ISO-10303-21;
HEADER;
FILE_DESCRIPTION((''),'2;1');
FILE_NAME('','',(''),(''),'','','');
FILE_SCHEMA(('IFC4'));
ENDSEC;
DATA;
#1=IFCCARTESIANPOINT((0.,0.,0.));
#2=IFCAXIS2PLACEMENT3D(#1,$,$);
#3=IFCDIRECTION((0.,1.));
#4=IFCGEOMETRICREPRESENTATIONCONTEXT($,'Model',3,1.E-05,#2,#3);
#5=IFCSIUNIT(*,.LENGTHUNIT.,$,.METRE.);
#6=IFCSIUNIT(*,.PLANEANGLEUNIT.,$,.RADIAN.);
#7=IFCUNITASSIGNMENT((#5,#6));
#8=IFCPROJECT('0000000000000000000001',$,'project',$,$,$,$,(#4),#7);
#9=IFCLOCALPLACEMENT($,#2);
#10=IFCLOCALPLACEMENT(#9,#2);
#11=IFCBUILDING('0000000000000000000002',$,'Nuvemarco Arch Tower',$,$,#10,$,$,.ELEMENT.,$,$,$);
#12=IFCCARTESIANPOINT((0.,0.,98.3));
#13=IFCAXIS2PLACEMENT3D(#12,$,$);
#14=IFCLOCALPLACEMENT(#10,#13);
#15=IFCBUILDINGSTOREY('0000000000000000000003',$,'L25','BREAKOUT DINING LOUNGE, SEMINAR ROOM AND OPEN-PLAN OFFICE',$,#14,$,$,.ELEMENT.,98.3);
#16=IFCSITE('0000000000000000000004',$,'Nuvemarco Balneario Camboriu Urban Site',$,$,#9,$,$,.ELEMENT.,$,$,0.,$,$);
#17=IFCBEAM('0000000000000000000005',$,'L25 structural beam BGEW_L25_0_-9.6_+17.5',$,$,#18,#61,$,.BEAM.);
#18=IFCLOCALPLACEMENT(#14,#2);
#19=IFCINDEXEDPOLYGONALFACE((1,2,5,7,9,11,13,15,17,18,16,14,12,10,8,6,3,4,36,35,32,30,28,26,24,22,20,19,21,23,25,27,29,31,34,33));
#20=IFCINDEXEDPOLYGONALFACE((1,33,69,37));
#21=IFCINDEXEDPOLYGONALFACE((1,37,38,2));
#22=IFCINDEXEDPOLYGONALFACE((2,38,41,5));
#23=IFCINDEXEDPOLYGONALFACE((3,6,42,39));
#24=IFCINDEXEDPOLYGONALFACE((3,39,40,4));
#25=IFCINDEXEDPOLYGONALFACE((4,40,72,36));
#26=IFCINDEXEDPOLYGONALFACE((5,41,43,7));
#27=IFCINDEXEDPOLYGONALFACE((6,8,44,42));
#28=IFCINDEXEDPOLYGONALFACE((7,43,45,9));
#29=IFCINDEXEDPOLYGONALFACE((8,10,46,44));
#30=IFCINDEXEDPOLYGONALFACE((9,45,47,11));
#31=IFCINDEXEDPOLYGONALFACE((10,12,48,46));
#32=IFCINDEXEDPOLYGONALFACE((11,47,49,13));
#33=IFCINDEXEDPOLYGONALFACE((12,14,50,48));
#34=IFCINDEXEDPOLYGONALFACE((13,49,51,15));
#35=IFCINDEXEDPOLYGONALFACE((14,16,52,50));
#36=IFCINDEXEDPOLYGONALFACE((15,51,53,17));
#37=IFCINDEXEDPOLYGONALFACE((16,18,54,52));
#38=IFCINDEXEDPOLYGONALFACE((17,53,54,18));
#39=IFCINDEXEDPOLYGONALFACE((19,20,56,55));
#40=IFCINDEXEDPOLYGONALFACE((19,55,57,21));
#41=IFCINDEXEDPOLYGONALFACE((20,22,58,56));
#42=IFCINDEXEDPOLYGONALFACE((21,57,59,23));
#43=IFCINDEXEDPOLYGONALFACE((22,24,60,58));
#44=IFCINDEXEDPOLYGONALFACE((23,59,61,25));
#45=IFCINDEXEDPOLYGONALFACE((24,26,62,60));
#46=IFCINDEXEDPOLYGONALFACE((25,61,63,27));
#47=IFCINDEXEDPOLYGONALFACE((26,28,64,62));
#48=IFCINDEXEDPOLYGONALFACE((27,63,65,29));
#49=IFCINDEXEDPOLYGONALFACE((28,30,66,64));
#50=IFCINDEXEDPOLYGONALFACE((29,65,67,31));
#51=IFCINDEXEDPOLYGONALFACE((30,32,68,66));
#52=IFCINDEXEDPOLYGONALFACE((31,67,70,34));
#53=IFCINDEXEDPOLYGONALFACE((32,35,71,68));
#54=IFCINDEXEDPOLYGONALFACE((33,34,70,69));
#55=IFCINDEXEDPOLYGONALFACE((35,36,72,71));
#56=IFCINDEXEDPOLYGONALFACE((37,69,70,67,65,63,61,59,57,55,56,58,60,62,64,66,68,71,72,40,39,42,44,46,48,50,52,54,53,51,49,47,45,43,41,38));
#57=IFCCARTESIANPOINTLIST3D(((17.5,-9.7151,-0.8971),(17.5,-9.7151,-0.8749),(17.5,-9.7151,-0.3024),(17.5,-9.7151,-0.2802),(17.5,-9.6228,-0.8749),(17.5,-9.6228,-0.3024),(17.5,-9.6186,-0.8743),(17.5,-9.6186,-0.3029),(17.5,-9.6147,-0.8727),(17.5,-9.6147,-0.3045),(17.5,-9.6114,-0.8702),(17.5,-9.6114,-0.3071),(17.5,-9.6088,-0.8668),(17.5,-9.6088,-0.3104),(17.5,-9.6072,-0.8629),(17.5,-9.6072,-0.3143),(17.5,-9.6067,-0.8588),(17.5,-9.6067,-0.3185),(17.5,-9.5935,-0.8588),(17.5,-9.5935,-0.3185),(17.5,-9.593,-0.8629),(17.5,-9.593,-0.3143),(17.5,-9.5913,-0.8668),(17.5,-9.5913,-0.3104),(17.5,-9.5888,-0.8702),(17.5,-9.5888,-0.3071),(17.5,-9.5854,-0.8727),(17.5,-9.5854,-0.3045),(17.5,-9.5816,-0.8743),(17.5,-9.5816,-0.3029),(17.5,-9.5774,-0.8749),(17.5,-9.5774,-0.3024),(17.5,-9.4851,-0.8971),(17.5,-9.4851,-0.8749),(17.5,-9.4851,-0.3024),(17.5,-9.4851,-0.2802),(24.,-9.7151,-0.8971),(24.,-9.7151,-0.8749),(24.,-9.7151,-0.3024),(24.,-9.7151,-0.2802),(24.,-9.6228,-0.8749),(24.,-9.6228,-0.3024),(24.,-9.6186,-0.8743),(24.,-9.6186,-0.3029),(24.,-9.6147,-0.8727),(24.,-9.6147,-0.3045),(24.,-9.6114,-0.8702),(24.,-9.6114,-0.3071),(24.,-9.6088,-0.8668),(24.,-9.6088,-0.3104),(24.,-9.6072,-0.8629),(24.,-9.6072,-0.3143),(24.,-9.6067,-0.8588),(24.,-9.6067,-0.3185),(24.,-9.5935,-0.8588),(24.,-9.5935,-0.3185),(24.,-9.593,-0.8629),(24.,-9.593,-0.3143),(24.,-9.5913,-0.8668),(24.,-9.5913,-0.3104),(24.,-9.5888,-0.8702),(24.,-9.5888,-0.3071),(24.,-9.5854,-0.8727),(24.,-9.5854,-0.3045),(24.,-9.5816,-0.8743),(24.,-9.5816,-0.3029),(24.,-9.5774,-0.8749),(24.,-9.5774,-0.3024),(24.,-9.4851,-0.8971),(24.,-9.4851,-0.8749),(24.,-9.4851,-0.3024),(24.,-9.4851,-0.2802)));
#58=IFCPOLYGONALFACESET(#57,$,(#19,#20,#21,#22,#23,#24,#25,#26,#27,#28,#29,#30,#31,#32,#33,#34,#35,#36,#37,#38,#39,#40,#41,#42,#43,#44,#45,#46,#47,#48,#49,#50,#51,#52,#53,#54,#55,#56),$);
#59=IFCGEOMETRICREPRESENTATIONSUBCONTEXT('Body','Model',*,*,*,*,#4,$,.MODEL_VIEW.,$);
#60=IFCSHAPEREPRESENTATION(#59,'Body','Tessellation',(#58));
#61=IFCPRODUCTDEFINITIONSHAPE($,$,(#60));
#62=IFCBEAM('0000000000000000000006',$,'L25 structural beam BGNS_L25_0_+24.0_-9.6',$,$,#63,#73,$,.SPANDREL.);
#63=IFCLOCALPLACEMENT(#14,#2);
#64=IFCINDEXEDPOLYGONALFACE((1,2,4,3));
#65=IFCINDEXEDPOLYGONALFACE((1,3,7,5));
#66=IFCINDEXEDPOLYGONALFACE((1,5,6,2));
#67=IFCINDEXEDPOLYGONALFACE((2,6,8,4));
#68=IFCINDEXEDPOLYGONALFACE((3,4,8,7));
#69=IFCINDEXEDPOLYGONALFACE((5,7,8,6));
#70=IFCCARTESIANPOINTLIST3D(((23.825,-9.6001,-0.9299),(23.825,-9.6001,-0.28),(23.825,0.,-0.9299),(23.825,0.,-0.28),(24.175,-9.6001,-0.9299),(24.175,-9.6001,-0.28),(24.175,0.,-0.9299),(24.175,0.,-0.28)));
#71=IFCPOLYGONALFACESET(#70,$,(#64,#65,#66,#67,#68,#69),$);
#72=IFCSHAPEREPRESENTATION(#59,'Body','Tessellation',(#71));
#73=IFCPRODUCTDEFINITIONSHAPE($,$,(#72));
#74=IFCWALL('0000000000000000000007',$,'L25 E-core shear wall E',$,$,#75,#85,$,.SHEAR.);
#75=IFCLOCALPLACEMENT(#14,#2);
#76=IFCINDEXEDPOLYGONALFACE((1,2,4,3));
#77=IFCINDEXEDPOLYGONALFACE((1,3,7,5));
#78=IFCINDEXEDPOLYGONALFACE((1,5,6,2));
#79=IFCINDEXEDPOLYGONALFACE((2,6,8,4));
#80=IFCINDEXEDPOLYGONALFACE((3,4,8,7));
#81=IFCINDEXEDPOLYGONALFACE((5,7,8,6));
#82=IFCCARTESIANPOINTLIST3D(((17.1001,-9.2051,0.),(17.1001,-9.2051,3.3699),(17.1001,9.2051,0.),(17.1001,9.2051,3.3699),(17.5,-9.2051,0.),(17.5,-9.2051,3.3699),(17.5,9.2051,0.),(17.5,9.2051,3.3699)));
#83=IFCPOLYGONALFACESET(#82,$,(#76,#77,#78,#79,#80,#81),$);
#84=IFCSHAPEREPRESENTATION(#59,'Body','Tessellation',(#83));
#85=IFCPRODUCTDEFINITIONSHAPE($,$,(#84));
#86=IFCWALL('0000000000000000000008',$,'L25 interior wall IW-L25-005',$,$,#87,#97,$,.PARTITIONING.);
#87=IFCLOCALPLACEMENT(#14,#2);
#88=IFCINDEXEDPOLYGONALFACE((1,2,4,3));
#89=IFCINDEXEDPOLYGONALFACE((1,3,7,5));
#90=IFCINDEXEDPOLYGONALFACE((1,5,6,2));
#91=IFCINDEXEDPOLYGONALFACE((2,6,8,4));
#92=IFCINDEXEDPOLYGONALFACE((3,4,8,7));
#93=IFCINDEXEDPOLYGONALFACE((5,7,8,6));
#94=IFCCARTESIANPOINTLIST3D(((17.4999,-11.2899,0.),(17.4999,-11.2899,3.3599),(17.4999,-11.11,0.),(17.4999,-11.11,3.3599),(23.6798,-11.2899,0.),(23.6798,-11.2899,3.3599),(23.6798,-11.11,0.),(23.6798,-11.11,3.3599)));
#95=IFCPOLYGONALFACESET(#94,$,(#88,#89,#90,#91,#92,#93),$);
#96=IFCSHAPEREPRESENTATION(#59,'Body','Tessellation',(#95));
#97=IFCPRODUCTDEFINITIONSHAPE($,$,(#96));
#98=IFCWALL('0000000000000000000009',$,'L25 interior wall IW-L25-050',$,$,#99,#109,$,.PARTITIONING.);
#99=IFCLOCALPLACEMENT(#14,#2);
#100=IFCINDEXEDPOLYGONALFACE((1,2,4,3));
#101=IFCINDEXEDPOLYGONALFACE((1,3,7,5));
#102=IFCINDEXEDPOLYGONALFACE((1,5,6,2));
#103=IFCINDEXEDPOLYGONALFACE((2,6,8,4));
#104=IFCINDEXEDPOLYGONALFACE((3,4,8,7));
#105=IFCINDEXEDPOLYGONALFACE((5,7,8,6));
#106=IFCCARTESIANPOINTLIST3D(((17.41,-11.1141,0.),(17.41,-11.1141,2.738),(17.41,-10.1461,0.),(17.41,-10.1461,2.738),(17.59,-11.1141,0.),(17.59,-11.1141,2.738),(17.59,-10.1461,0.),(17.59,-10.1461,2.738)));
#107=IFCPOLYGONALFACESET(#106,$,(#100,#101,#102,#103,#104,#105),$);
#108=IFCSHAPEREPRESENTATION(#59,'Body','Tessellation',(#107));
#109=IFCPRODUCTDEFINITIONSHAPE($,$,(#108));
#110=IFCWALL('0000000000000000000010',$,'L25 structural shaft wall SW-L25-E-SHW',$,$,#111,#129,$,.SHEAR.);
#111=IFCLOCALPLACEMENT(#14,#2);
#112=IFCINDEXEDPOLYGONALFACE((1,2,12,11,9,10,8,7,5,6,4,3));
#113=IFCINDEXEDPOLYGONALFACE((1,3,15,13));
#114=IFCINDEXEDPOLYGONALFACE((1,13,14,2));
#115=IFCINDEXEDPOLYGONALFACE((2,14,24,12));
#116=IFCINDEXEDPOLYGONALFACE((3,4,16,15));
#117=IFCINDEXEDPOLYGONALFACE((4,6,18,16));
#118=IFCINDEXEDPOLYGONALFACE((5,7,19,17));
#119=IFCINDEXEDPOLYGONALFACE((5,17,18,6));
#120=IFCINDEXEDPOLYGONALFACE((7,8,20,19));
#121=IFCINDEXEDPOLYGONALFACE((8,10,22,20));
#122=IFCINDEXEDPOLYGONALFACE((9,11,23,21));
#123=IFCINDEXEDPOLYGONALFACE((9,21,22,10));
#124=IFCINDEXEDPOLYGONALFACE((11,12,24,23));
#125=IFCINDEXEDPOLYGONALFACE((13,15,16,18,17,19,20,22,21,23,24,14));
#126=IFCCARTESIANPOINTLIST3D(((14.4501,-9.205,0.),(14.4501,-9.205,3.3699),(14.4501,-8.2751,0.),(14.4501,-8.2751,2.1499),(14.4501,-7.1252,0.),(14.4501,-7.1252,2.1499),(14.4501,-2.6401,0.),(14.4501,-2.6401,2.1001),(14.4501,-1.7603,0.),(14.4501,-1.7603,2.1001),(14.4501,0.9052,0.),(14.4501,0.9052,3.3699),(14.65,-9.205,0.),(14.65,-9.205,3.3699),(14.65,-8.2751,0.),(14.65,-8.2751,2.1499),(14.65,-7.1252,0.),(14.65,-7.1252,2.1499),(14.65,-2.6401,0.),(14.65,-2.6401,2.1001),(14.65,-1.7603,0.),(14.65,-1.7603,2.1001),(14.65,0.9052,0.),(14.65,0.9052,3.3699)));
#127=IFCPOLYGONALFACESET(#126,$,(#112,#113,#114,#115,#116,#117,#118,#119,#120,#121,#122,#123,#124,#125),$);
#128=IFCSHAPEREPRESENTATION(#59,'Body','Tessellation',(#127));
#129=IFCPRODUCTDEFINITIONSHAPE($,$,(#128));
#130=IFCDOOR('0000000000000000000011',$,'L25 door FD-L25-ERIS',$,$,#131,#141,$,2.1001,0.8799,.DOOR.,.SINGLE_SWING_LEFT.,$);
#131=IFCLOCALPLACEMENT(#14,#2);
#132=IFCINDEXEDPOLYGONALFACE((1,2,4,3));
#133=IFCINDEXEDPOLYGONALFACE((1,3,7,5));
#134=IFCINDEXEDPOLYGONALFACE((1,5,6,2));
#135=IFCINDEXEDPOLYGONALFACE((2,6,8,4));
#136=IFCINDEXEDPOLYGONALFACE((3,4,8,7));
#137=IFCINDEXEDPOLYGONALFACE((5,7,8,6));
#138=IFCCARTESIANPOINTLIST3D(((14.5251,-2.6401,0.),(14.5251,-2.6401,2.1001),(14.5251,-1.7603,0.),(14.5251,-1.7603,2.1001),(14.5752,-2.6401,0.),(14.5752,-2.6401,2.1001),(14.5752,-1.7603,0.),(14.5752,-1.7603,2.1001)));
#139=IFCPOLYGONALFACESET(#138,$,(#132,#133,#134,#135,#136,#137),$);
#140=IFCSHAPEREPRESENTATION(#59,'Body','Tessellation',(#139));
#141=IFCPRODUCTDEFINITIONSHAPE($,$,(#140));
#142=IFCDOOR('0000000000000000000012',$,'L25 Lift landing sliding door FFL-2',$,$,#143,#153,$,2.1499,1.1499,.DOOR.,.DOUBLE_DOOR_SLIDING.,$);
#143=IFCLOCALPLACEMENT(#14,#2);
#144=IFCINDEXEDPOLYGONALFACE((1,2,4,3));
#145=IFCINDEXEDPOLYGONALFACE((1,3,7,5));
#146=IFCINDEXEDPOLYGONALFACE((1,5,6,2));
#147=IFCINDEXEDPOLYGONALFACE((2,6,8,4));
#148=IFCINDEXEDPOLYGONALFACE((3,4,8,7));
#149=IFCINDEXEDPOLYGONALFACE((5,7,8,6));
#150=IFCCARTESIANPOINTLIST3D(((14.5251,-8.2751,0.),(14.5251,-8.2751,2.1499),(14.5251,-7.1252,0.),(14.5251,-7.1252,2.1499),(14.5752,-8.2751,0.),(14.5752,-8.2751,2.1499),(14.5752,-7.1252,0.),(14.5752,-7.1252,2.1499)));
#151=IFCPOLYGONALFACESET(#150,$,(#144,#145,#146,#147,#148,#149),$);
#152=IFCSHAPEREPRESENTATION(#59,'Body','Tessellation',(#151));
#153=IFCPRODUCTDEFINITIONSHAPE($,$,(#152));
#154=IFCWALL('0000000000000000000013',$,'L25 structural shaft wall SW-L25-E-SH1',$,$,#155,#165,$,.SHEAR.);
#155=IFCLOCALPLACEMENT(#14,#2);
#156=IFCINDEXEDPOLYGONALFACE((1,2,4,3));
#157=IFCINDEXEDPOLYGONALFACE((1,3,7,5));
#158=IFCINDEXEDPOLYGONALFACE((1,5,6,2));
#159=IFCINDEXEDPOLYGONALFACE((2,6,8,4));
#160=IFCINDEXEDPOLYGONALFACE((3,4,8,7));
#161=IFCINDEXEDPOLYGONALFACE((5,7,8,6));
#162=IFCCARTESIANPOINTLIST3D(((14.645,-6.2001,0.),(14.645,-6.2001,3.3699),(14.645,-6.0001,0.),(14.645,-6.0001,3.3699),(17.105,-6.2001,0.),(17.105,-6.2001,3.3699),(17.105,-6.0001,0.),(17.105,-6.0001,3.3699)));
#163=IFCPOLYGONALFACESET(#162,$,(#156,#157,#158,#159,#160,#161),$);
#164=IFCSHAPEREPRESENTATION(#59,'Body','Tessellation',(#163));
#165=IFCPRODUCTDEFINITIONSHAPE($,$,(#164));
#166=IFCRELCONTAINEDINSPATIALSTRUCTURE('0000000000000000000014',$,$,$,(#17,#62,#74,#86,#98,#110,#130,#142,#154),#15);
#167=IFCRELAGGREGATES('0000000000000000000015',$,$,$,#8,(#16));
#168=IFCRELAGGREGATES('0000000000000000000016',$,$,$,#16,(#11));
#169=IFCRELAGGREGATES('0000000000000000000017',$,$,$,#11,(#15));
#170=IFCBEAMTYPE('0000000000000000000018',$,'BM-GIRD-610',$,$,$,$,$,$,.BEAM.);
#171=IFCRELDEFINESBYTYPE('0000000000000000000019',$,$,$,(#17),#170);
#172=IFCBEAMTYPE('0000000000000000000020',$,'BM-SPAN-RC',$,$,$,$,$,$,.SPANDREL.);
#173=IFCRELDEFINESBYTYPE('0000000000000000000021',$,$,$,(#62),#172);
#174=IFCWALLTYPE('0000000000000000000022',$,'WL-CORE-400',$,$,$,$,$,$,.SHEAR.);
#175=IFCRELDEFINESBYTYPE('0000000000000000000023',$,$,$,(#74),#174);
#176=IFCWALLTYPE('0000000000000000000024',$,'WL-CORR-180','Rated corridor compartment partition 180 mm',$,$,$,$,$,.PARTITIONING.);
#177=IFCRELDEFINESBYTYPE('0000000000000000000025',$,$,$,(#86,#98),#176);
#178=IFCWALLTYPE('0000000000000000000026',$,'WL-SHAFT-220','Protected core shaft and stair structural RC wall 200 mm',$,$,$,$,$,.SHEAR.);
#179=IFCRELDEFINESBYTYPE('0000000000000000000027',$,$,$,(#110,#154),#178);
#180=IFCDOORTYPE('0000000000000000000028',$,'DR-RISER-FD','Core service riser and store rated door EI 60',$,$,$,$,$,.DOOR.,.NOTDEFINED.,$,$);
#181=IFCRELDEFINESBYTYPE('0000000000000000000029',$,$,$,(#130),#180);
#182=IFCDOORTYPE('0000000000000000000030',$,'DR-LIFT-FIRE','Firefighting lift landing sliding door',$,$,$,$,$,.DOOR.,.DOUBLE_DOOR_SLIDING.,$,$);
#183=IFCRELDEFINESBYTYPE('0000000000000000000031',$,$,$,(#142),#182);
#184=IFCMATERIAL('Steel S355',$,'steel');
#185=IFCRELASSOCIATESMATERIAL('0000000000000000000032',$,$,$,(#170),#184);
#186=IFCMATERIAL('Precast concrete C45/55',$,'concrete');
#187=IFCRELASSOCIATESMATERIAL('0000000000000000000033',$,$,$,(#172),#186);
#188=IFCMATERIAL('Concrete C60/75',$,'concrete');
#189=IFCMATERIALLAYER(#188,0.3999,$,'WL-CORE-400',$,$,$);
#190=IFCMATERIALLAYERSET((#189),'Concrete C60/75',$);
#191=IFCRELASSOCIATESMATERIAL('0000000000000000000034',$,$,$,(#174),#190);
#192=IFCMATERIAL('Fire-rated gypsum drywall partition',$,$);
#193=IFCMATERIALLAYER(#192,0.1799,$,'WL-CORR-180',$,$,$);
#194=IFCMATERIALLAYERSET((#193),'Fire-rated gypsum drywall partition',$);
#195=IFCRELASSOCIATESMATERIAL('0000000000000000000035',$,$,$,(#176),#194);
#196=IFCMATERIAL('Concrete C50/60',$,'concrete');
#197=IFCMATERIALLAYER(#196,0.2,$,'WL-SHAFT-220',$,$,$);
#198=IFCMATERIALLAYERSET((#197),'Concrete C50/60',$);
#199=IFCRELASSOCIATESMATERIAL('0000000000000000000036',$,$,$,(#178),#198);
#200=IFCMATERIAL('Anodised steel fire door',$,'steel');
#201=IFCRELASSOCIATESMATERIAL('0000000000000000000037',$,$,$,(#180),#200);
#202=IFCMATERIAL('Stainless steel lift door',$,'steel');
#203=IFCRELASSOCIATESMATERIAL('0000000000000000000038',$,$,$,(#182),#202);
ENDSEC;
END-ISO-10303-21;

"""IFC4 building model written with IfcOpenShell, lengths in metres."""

from ifc_helpers import new_model, si_unit, direction, frame, frame_2d, origin, origin_2d, place, context, subcontext, project, spatial, rectangle, i_section, extrude, source, transform, mapped, material, layer, layer_set, material_profile, profile_set, type_object, type_shapes, element, fill, save


model = new_model("IFC4")

# Units and contexts
model_context = context("Model", 3, precision=1e-05, world=origin(), true_north=direction((0.0, 1.0)))
body_context = subcontext(model_context, "Body", "Model", "MODEL_VIEW")
ifc_project = project(units=[si_unit("LENGTHUNIT", "METRE"), si_unit("PLANEANGLEUNIT", "RADIAN")], contexts=[model_context])

# Site, building, storey
site_placement = place(None, origin())
site = spatial("IfcSite", under=ifc_project, at=site_placement, Name="Nuvemarco Balneario Camboriu Urban Site", CompositionType="ELEMENT", RefElevation=0.0)
building_placement = place(site_placement, origin())
building = spatial("IfcBuilding", under=site, at=building_placement, Name="Nuvemarco Arch Tower", CompositionType="ELEMENT")
storey_placement = place(building_placement, frame((0.0, 0.0, 98.3)))
storey = spatial("IfcBuildingStorey", under=building, at=storey_placement, Name="L25", Description="BREAKOUT DINING LOUNGE, SEMINAR ROOM AND OPEN-PLAN OFFICE", CompositionType="ELEMENT", Elevation=98.3)

# Shared definitions
ifc_material_1 = material(Name="Concrete C60/75", Category="concrete")
ifc_material_2 = material(Name="Steel S355", Category="steel")

# Beams
ifc_material_profile_1 = material_profile(ifc_material_2, i_section(OverallWidth=0.23, OverallDepth=0.6169, WebThickness=0.0132, FlangeThickness=0.0222, FilletRadius=0.0161, at=origin_2d()), Name="W610x140")
ifc_profile_set_1 = profile_set([ifc_material_profile_1], Name="Steel S355")
beam_type_1 = type_object("IfcBeamType", Name="BM-GIRD-610", PredefinedType="BEAM", material=ifc_profile_set_1)
beam_1_placement = place(storey_placement, frame((17.5, -9.6001, -0.5886), z_axis=(1.0, 0.0, 0.0), x_axis=(0.0, 1.0, 0.0)))
element("IfcBeam", 1, at=beam_1_placement, inside=storey, type_object=beam_type_1, Name="L25 structural beam BGEW_L25_0_-9.6_+17.5", PredefinedType="BEAM", context=body_context, shape_type="SweptSolid", body=[
    extrude(i_section(OverallWidth=0.23, OverallDepth=0.6169, WebThickness=0.0132, FlangeThickness=0.0222, FilletRadius=0.0161, at=origin_2d()), origin(), (0.0, 0.0, 1.0), 6.5),
])
ifc_material_3 = material(Name="Precast concrete C45/55", Category="concrete")
ifc_material_profile_2 = material_profile(ifc_material_3, rectangle(XDim=0.3501, YDim=0.6499, at=origin_2d()), Name="PC-SP-350x650")
ifc_profile_set_2 = profile_set([ifc_material_profile_2], Name="Precast concrete C45/55")
beam_type_2 = type_object("IfcBeamType", Name="BM-SPAN-RC", PredefinedType="SPANDREL", material=ifc_profile_set_2)
beam_2_placement = place(storey_placement, frame((24.0, -9.6001, -0.605), z_axis=(0.0, 1.0, 0.0), x_axis=(-1.0, 0.0, 0.0)))
element("IfcBeam", 2, at=beam_2_placement, inside=storey, type_object=beam_type_2, Name="L25 structural beam BGNS_L25_0_+24.0_-9.6", PredefinedType="SPANDREL", context=body_context, shape_type="SweptSolid", body=[
    extrude(rectangle(XDim=0.3501, YDim=0.6499, at=origin_2d()), origin(), (0.0, 0.0, 1.0), 9.6001),
])

# Walls
ifc_layer_1 = layer(ifc_material_1, 0.3999, Name="WL-CORE-400")
ifc_layer_set_1 = layer_set([ifc_layer_1], Name="Concrete C60/75")
wall_type_1 = type_object("IfcWallType", Name="WL-CORE-400", PredefinedType="SHEAR", material=ifc_layer_set_1)
wall_1_placement = place(storey_placement, frame((17.3, -9.2051, 0.0), z_axis=(0.0, 0.0, 1.0), x_axis=(0.0, 1.0, 0.0)))
element("IfcWall", 3, at=wall_1_placement, inside=storey, type_object=wall_type_1, Name="L25 E-core shear wall E", PredefinedType="SHEAR", context=body_context, shape_type="SweptSolid", body=[
    extrude(rectangle(XDim=18.4102, YDim=0.3999, at=frame_2d((9.2051, 0.0))), origin(), (0.0, 0.0, 1.0), 3.3699),
])
ifc_material_4 = material(Name="Fire-rated gypsum drywall partition")
ifc_layer_2 = layer(ifc_material_4, 0.1799, Name="WL-CORR-180")
ifc_layer_set_2 = layer_set([ifc_layer_2], Name="Fire-rated gypsum drywall partition")
wall_type_2 = type_object("IfcWallType", Name="WL-CORR-180", Description="Rated corridor compartment partition 180 mm", PredefinedType="PARTITIONING", material=ifc_layer_set_2)
wall_2_placement = place(storey_placement, frame((17.5, -11.2, 0.0), z_axis=(0.0, 0.0, 1.0), x_axis=(1.0, 0.0, 0.0)))
element("IfcWall", 4, at=wall_2_placement, inside=storey, type_object=wall_type_2, Name="L25 interior wall IW-L25-005", PredefinedType="PARTITIONING", context=body_context, shape_type="SweptSolid", body=[
    extrude(rectangle(XDim=6.1799, YDim=0.1799, at=frame_2d((3.0898, 0.0))), origin(), (0.0, 0.0, 1.0), 3.3599),
])
wall_3_placement = place(storey_placement, frame((17.5, -11.114, 0.0), z_axis=(0.0, 0.0, 1.0), x_axis=(0.0, 1.0, 0.0)))
element("IfcWall", 5, at=wall_3_placement, inside=storey, type_object=wall_type_2, Name="L25 interior wall IW-L25-050", PredefinedType="PARTITIONING", context=body_context, shape_type="SweptSolid", body=[
    extrude(rectangle(XDim=0.968, YDim=0.1799, at=frame_2d((0.4839, 0.0))), origin(), (0.0, 0.0, 1.0), 2.738),
])

# Wall, openings, doors
ifc_material_5 = material(Name="Concrete C50/60", Category="concrete")
ifc_layer_3 = layer(ifc_material_5, 0.2, Name="WL-SHAFT-220")
ifc_layer_set_3 = layer_set([ifc_layer_3], Name="Concrete C50/60")
wall_type_3 = type_object("IfcWallType", Name="WL-SHAFT-220", Description="Protected core shaft and stair structural RC wall 200 mm", PredefinedType="SHEAR", material=ifc_layer_set_3)
wall_4_placement = place(storey_placement, frame((14.55, -9.2051, 0.0), z_axis=(0.0, 0.0, 1.0), x_axis=(0.0, 1.0, 0.0)))
wall_4 = element("IfcWall", 6, at=wall_4_placement, inside=storey, type_object=wall_type_3, Name="L25 structural shaft wall SW-L25-E-SHW", PredefinedType="SHEAR", context=body_context, shape_type="SweptSolid", body=[
    extrude(rectangle(XDim=10.1101, YDim=0.2, at=frame_2d((5.0552, 0.0))), origin(), (0.0, 0.0, 1.0), 3.3699),
])
opening_1_placement = place(wall_4_placement, frame((6.5649, 0.0, 0.0)))
opening_1 = element("IfcOpeningElement", 7, at=opening_1_placement, cuts=wall_4, PredefinedType="OPENING", context=body_context, shape_type="SweptSolid", body=[
    extrude(rectangle(XDim=0.8799, YDim=2.1001, at=frame_2d((0.4399, 1.05))), frame((0.0, 0.1099, 0.0), z_axis=(0.0, -1.0, 0.0), x_axis=(1.0, 0.0, 0.0)), (0.0, 0.0, 1.0), 0.22),
])
opening_2_placement = place(wall_4_placement, frame((0.9299, 0.0, 0.0)))
opening_2 = element("IfcOpeningElement", 8, at=opening_2_placement, cuts=wall_4, PredefinedType="OPENING", context=body_context, shape_type="SweptSolid", body=[
    extrude(rectangle(XDim=1.1499, YDim=2.1499, at=frame_2d((0.575, 1.075))), frame((0.0, 0.1099, 0.0), z_axis=(0.0, -1.0, 0.0), x_axis=(1.0, 0.0, 0.0)), (0.0, 0.0, 1.0), 0.22),
])
ifc_material_6 = material(Name="Anodised steel fire door", Category="steel")
door_type_1 = type_object("IfcDoorType", Name="DR-RISER-FD", Description="Core service riser and store rated door EI 60", OperationType="NOTDEFINED", PredefinedType="DOOR", material=ifc_material_6)
shared_shape_1 = source(origin(), body_context, "Body", "SweptSolid", [
    extrude(rectangle(XDim=0.8799, YDim=2.1001, at=frame_2d((0.4399, 1.05))), frame((0.0, 0.0249, 0.0), z_axis=(0.0, -1.0, 0.0), x_axis=(1.0, 0.0, 0.0)), (0.0, 0.0, 1.0), 0.05),
])
type_shapes(door_type_1, [shared_shape_1])
door_1_placement = place(opening_1_placement, origin())
door_1 = element("IfcDoor", 9, at=door_1_placement, inside=storey, type_object=door_type_1, Name="L25 door FD-L25-ERIS", OperationType="SINGLE_SWING_LEFT", OverallHeight=2.1001, OverallWidth=0.8799, PredefinedType="DOOR", context=body_context, shape_type="MappedRepresentation", body=[
    mapped(shared_shape_1, transform((0.0, 0.0, 0.0), scale=1.0)),
])
fill(opening_1, door_1)
ifc_material_7 = material(Name="Stainless steel lift door", Category="steel")
door_type_2 = type_object("IfcDoorType", Name="DR-LIFT-FIRE", Description="Firefighting lift landing sliding door", OperationType="DOUBLE_DOOR_SLIDING", PredefinedType="DOOR", material=ifc_material_7)
shared_shape_2 = source(origin(), body_context, "Body", "SweptSolid", [
    extrude(rectangle(XDim=1.1499, YDim=2.1499, at=frame_2d((0.575, 1.075))), frame((0.0, 0.0249, 0.0), z_axis=(0.0, -1.0, 0.0), x_axis=(1.0, 0.0, 0.0)), (0.0, 0.0, 1.0), 0.05),
])
type_shapes(door_type_2, [shared_shape_2])
door_2_placement = place(opening_2_placement, origin())
door_2 = element("IfcDoor", 10, at=door_2_placement, inside=storey, type_object=door_type_2, Name="L25 Lift landing sliding door FFL-2", OperationType="DOUBLE_DOOR_SLIDING", OverallHeight=2.1499, OverallWidth=1.1499, PredefinedType="DOOR", context=body_context, shape_type="MappedRepresentation", body=[
    mapped(shared_shape_2, transform((0.0, 0.0, 0.0), scale=1.0)),
])
fill(opening_2, door_2)

# Wall
wall_5_placement = place(storey_placement, frame((14.645, -6.1001, 0.0), z_axis=(0.0, 0.0, 1.0), x_axis=(1.0, 0.0, 0.0)))
element("IfcWall", 11, at=wall_5_placement, inside=storey, type_object=wall_type_3, Name="L25 structural shaft wall SW-L25-E-SH1", PredefinedType="SHEAR", context=body_context, shape_type="SweptSolid", body=[
    extrude(rectangle(XDim=2.46, YDim=0.2, at=frame_2d((1.23, 0.0))), origin(), (0.0, 0.0, 1.0), 3.3699),
])

save(model, "model.ifc")
